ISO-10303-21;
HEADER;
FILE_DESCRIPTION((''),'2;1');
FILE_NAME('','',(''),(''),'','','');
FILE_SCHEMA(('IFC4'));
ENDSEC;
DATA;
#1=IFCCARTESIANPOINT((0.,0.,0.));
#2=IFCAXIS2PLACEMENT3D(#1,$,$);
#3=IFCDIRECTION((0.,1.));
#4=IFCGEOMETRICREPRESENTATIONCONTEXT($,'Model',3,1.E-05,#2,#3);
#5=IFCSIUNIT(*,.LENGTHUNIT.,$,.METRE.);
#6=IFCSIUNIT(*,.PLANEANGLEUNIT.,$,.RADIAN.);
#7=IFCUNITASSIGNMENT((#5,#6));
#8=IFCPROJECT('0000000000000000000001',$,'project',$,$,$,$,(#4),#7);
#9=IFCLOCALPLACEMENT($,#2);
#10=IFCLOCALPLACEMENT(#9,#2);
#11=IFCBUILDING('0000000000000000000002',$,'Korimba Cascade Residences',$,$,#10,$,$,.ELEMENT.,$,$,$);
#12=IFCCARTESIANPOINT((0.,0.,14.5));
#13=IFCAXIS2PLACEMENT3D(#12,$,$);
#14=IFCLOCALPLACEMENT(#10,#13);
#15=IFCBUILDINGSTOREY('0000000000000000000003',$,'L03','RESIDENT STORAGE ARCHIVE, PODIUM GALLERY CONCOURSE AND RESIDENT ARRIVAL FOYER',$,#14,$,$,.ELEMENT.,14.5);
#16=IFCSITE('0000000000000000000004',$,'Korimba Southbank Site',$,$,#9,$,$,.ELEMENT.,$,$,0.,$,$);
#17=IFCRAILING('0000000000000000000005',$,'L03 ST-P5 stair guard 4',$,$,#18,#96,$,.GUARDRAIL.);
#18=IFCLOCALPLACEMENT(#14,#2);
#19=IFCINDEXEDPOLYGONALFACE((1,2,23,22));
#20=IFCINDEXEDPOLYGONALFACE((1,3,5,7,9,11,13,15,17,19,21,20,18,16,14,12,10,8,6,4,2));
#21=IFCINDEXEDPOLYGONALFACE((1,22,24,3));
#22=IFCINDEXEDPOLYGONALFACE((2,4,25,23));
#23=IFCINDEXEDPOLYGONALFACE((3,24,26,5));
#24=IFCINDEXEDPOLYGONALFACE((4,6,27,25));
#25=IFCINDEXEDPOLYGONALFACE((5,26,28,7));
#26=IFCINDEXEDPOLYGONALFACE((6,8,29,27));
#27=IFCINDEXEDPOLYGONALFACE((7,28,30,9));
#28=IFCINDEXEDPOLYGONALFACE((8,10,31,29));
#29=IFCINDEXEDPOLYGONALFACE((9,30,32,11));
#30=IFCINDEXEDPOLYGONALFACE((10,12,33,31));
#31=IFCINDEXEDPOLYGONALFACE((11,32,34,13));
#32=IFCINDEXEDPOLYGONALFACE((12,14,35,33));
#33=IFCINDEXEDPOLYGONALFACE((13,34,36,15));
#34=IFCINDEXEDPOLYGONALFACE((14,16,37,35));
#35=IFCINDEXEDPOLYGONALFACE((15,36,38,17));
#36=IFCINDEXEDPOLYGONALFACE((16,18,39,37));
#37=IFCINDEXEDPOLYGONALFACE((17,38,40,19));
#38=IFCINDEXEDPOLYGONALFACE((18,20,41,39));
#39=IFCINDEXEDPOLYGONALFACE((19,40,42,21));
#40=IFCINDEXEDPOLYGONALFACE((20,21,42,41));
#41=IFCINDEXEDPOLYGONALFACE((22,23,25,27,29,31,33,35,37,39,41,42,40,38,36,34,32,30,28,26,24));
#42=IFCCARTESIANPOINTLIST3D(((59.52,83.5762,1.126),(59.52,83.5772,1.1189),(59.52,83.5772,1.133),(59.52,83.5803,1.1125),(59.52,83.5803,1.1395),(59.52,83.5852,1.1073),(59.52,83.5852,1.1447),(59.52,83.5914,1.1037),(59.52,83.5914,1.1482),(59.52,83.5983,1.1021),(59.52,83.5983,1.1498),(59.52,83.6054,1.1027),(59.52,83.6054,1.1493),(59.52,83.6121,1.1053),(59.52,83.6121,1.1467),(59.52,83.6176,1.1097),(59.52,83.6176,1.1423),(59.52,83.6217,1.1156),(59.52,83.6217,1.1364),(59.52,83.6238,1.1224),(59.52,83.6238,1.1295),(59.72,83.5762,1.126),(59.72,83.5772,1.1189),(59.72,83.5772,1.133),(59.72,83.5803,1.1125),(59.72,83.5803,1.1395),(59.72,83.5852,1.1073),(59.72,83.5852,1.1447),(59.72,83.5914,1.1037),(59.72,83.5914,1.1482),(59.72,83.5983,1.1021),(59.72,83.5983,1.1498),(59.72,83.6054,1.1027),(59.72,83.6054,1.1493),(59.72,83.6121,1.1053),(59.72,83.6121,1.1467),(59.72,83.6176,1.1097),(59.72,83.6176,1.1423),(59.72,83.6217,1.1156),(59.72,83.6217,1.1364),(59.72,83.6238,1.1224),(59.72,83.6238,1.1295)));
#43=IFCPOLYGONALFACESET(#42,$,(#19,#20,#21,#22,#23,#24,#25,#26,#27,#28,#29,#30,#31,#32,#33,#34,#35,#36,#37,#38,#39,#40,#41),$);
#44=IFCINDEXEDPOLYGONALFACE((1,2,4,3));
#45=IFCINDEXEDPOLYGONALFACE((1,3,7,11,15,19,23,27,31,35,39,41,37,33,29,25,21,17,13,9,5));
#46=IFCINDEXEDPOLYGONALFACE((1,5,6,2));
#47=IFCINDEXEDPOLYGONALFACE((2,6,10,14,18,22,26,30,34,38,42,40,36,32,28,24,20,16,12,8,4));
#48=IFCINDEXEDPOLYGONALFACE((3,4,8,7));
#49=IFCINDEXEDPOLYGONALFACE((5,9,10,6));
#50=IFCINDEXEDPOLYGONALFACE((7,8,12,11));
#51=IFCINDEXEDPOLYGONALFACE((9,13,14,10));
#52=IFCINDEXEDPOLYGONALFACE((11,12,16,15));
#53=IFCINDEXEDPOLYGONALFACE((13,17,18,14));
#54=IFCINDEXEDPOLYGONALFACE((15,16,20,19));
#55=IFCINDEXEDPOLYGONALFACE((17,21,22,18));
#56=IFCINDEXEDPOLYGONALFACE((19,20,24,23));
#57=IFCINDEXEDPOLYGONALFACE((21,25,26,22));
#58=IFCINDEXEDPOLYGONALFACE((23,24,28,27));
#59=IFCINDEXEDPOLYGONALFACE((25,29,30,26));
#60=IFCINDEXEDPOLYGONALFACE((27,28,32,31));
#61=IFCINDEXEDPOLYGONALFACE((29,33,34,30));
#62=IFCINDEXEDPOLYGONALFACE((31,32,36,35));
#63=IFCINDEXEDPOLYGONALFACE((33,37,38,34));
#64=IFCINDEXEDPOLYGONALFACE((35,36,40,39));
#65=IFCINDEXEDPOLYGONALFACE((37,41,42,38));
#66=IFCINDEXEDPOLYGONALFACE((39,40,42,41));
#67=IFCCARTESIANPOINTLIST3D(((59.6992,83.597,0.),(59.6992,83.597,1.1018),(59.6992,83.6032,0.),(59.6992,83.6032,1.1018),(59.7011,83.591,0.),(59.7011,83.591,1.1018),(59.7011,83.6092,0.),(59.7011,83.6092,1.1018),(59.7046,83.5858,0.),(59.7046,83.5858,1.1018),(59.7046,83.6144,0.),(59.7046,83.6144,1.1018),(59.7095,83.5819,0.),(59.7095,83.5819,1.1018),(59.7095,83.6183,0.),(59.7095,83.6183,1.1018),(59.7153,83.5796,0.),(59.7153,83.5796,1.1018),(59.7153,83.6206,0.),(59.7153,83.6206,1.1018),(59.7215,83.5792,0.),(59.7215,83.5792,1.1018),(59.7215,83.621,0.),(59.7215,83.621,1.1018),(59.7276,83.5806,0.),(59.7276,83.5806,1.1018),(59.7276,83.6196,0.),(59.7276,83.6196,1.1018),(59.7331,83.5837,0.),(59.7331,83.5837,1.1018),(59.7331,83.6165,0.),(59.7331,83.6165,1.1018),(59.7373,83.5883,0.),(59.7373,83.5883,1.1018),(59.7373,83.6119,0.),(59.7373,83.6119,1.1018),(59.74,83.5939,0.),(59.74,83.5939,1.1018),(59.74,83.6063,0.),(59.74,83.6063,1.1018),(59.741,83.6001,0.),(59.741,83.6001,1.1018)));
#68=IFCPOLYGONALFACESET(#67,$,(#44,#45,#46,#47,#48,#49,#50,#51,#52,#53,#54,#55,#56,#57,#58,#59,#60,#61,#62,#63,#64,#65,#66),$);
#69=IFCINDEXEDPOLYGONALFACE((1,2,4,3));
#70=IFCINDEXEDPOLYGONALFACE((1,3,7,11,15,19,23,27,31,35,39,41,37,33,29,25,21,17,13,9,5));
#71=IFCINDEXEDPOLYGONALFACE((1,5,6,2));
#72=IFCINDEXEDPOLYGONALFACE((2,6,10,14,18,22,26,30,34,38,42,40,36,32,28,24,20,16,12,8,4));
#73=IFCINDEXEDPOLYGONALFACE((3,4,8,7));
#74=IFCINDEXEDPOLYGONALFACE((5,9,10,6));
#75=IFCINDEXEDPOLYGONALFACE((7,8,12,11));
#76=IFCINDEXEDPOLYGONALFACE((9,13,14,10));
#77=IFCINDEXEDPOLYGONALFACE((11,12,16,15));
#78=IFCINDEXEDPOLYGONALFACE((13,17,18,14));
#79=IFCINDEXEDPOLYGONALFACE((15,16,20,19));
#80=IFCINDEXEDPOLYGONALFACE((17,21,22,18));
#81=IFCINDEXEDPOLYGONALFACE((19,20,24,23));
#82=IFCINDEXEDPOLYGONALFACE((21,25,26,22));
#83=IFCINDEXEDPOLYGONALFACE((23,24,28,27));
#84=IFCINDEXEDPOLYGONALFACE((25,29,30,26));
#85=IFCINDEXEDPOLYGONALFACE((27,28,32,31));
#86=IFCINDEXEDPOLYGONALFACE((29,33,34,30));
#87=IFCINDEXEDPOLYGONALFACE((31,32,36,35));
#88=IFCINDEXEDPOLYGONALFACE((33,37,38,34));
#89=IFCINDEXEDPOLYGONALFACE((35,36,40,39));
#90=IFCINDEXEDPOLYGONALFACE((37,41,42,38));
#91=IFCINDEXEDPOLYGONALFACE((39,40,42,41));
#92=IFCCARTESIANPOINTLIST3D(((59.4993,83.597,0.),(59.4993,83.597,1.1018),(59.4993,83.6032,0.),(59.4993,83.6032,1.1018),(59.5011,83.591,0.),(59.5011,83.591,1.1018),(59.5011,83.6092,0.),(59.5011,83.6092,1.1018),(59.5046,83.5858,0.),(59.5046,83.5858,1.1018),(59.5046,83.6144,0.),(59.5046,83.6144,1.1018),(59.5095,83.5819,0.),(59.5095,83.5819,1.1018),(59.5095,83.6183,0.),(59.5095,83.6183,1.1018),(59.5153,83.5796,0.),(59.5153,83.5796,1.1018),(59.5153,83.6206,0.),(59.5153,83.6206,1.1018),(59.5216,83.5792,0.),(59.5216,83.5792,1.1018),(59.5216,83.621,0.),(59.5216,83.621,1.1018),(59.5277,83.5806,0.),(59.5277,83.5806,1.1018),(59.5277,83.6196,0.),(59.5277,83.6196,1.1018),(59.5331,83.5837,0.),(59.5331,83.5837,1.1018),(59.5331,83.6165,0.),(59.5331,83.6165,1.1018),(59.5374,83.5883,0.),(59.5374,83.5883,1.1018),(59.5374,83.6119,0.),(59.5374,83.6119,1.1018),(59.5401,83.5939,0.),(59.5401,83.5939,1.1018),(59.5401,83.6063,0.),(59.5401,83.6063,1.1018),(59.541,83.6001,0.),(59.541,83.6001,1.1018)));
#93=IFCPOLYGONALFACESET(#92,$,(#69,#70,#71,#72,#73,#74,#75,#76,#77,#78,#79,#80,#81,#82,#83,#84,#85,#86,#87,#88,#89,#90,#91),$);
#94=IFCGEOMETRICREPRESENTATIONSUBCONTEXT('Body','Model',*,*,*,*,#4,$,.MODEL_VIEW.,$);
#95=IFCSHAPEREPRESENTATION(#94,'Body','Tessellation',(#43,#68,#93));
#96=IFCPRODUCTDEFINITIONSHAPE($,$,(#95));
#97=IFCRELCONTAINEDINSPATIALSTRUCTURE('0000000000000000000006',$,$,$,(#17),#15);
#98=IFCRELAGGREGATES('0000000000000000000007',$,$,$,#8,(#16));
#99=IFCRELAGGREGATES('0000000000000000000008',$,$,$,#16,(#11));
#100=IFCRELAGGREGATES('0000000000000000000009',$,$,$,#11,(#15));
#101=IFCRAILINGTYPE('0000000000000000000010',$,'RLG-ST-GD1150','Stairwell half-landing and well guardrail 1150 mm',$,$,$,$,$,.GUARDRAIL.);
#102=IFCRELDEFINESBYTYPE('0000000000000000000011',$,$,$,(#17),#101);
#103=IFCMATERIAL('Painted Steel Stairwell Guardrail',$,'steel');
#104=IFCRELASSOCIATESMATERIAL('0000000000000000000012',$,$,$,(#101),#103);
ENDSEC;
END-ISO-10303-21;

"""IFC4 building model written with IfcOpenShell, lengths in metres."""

from ifc_helpers import new_model, si_unit, direction, frame, origin, origin_2d, place, context, subcontext, project, spatial, circle, extrude, material, type_object, element, save


model = new_model("IFC4")

# Units and contexts
model_context = context("Model", 3, precision=1e-05, world=origin(), true_north=direction((0.0, 1.0)))
body_context = subcontext(model_context, "Body", "Model", "MODEL_VIEW")
ifc_project = project(units=[si_unit("LENGTHUNIT", "METRE"), si_unit("PLANEANGLEUNIT", "RADIAN")], contexts=[model_context])

# Site, building, storey
site_placement = place(None, origin())
site = spatial("IfcSite", under=ifc_project, at=site_placement, Name="Korimba Southbank Site", CompositionType="ELEMENT", RefElevation=0.0)
building_placement = place(site_placement, origin())
building = spatial("IfcBuilding", under=site, at=building_placement, Name="Korimba Cascade Residences", CompositionType="ELEMENT")
storey_placement = place(building_placement, frame((0.0, 0.0, 14.5)))
storey = spatial("IfcBuildingStorey", under=building, at=storey_placement, Name="L03", Description="RESIDENT STORAGE ARCHIVE, PODIUM GALLERY CONCOURSE AND RESIDENT ARRIVAL FOYER", CompositionType="ELEMENT", Elevation=14.5)

# Railing
ifc_material_1 = material(Name="Painted Steel Stairwell Guardrail", Category="steel")
railing_type_1 = type_object("IfcRailingType", Name="RLG-ST-GD1150", Description="Stairwell half-landing and well guardrail 1150 mm", PredefinedType="GUARDRAIL", material=ifc_material_1)
railing_1_placement = place(storey_placement, frame((59.72, 83.6001, 0.0)))
element("IfcRailing", 1, at=railing_1_placement, inside=storey, type_object=railing_type_1, Name="L03 ST-P5 stair guard 4", PredefinedType="GUARDRAIL", context=body_context, shape_type="SweptSolid", body=[
    extrude(circle(Radius=0.0239, at=origin_2d()), frame((0.0, 0.0, 1.126), z_axis=(-1.0, 0.0, 0.0), x_axis=(0.0, -1.0, 0.0)), (0.0, 0.0, 1.0), 0.2),
    extrude(circle(Radius=0.021, at=origin_2d()), origin(), (0.0, 0.0, 1.0), 1.1018),
    extrude(circle(Radius=0.021, at=origin_2d()), frame((-0.2, 0.0, 0.0)), (0.0, 0.0, 1.0), 1.1018),
])

save(model, "model.ifc")
